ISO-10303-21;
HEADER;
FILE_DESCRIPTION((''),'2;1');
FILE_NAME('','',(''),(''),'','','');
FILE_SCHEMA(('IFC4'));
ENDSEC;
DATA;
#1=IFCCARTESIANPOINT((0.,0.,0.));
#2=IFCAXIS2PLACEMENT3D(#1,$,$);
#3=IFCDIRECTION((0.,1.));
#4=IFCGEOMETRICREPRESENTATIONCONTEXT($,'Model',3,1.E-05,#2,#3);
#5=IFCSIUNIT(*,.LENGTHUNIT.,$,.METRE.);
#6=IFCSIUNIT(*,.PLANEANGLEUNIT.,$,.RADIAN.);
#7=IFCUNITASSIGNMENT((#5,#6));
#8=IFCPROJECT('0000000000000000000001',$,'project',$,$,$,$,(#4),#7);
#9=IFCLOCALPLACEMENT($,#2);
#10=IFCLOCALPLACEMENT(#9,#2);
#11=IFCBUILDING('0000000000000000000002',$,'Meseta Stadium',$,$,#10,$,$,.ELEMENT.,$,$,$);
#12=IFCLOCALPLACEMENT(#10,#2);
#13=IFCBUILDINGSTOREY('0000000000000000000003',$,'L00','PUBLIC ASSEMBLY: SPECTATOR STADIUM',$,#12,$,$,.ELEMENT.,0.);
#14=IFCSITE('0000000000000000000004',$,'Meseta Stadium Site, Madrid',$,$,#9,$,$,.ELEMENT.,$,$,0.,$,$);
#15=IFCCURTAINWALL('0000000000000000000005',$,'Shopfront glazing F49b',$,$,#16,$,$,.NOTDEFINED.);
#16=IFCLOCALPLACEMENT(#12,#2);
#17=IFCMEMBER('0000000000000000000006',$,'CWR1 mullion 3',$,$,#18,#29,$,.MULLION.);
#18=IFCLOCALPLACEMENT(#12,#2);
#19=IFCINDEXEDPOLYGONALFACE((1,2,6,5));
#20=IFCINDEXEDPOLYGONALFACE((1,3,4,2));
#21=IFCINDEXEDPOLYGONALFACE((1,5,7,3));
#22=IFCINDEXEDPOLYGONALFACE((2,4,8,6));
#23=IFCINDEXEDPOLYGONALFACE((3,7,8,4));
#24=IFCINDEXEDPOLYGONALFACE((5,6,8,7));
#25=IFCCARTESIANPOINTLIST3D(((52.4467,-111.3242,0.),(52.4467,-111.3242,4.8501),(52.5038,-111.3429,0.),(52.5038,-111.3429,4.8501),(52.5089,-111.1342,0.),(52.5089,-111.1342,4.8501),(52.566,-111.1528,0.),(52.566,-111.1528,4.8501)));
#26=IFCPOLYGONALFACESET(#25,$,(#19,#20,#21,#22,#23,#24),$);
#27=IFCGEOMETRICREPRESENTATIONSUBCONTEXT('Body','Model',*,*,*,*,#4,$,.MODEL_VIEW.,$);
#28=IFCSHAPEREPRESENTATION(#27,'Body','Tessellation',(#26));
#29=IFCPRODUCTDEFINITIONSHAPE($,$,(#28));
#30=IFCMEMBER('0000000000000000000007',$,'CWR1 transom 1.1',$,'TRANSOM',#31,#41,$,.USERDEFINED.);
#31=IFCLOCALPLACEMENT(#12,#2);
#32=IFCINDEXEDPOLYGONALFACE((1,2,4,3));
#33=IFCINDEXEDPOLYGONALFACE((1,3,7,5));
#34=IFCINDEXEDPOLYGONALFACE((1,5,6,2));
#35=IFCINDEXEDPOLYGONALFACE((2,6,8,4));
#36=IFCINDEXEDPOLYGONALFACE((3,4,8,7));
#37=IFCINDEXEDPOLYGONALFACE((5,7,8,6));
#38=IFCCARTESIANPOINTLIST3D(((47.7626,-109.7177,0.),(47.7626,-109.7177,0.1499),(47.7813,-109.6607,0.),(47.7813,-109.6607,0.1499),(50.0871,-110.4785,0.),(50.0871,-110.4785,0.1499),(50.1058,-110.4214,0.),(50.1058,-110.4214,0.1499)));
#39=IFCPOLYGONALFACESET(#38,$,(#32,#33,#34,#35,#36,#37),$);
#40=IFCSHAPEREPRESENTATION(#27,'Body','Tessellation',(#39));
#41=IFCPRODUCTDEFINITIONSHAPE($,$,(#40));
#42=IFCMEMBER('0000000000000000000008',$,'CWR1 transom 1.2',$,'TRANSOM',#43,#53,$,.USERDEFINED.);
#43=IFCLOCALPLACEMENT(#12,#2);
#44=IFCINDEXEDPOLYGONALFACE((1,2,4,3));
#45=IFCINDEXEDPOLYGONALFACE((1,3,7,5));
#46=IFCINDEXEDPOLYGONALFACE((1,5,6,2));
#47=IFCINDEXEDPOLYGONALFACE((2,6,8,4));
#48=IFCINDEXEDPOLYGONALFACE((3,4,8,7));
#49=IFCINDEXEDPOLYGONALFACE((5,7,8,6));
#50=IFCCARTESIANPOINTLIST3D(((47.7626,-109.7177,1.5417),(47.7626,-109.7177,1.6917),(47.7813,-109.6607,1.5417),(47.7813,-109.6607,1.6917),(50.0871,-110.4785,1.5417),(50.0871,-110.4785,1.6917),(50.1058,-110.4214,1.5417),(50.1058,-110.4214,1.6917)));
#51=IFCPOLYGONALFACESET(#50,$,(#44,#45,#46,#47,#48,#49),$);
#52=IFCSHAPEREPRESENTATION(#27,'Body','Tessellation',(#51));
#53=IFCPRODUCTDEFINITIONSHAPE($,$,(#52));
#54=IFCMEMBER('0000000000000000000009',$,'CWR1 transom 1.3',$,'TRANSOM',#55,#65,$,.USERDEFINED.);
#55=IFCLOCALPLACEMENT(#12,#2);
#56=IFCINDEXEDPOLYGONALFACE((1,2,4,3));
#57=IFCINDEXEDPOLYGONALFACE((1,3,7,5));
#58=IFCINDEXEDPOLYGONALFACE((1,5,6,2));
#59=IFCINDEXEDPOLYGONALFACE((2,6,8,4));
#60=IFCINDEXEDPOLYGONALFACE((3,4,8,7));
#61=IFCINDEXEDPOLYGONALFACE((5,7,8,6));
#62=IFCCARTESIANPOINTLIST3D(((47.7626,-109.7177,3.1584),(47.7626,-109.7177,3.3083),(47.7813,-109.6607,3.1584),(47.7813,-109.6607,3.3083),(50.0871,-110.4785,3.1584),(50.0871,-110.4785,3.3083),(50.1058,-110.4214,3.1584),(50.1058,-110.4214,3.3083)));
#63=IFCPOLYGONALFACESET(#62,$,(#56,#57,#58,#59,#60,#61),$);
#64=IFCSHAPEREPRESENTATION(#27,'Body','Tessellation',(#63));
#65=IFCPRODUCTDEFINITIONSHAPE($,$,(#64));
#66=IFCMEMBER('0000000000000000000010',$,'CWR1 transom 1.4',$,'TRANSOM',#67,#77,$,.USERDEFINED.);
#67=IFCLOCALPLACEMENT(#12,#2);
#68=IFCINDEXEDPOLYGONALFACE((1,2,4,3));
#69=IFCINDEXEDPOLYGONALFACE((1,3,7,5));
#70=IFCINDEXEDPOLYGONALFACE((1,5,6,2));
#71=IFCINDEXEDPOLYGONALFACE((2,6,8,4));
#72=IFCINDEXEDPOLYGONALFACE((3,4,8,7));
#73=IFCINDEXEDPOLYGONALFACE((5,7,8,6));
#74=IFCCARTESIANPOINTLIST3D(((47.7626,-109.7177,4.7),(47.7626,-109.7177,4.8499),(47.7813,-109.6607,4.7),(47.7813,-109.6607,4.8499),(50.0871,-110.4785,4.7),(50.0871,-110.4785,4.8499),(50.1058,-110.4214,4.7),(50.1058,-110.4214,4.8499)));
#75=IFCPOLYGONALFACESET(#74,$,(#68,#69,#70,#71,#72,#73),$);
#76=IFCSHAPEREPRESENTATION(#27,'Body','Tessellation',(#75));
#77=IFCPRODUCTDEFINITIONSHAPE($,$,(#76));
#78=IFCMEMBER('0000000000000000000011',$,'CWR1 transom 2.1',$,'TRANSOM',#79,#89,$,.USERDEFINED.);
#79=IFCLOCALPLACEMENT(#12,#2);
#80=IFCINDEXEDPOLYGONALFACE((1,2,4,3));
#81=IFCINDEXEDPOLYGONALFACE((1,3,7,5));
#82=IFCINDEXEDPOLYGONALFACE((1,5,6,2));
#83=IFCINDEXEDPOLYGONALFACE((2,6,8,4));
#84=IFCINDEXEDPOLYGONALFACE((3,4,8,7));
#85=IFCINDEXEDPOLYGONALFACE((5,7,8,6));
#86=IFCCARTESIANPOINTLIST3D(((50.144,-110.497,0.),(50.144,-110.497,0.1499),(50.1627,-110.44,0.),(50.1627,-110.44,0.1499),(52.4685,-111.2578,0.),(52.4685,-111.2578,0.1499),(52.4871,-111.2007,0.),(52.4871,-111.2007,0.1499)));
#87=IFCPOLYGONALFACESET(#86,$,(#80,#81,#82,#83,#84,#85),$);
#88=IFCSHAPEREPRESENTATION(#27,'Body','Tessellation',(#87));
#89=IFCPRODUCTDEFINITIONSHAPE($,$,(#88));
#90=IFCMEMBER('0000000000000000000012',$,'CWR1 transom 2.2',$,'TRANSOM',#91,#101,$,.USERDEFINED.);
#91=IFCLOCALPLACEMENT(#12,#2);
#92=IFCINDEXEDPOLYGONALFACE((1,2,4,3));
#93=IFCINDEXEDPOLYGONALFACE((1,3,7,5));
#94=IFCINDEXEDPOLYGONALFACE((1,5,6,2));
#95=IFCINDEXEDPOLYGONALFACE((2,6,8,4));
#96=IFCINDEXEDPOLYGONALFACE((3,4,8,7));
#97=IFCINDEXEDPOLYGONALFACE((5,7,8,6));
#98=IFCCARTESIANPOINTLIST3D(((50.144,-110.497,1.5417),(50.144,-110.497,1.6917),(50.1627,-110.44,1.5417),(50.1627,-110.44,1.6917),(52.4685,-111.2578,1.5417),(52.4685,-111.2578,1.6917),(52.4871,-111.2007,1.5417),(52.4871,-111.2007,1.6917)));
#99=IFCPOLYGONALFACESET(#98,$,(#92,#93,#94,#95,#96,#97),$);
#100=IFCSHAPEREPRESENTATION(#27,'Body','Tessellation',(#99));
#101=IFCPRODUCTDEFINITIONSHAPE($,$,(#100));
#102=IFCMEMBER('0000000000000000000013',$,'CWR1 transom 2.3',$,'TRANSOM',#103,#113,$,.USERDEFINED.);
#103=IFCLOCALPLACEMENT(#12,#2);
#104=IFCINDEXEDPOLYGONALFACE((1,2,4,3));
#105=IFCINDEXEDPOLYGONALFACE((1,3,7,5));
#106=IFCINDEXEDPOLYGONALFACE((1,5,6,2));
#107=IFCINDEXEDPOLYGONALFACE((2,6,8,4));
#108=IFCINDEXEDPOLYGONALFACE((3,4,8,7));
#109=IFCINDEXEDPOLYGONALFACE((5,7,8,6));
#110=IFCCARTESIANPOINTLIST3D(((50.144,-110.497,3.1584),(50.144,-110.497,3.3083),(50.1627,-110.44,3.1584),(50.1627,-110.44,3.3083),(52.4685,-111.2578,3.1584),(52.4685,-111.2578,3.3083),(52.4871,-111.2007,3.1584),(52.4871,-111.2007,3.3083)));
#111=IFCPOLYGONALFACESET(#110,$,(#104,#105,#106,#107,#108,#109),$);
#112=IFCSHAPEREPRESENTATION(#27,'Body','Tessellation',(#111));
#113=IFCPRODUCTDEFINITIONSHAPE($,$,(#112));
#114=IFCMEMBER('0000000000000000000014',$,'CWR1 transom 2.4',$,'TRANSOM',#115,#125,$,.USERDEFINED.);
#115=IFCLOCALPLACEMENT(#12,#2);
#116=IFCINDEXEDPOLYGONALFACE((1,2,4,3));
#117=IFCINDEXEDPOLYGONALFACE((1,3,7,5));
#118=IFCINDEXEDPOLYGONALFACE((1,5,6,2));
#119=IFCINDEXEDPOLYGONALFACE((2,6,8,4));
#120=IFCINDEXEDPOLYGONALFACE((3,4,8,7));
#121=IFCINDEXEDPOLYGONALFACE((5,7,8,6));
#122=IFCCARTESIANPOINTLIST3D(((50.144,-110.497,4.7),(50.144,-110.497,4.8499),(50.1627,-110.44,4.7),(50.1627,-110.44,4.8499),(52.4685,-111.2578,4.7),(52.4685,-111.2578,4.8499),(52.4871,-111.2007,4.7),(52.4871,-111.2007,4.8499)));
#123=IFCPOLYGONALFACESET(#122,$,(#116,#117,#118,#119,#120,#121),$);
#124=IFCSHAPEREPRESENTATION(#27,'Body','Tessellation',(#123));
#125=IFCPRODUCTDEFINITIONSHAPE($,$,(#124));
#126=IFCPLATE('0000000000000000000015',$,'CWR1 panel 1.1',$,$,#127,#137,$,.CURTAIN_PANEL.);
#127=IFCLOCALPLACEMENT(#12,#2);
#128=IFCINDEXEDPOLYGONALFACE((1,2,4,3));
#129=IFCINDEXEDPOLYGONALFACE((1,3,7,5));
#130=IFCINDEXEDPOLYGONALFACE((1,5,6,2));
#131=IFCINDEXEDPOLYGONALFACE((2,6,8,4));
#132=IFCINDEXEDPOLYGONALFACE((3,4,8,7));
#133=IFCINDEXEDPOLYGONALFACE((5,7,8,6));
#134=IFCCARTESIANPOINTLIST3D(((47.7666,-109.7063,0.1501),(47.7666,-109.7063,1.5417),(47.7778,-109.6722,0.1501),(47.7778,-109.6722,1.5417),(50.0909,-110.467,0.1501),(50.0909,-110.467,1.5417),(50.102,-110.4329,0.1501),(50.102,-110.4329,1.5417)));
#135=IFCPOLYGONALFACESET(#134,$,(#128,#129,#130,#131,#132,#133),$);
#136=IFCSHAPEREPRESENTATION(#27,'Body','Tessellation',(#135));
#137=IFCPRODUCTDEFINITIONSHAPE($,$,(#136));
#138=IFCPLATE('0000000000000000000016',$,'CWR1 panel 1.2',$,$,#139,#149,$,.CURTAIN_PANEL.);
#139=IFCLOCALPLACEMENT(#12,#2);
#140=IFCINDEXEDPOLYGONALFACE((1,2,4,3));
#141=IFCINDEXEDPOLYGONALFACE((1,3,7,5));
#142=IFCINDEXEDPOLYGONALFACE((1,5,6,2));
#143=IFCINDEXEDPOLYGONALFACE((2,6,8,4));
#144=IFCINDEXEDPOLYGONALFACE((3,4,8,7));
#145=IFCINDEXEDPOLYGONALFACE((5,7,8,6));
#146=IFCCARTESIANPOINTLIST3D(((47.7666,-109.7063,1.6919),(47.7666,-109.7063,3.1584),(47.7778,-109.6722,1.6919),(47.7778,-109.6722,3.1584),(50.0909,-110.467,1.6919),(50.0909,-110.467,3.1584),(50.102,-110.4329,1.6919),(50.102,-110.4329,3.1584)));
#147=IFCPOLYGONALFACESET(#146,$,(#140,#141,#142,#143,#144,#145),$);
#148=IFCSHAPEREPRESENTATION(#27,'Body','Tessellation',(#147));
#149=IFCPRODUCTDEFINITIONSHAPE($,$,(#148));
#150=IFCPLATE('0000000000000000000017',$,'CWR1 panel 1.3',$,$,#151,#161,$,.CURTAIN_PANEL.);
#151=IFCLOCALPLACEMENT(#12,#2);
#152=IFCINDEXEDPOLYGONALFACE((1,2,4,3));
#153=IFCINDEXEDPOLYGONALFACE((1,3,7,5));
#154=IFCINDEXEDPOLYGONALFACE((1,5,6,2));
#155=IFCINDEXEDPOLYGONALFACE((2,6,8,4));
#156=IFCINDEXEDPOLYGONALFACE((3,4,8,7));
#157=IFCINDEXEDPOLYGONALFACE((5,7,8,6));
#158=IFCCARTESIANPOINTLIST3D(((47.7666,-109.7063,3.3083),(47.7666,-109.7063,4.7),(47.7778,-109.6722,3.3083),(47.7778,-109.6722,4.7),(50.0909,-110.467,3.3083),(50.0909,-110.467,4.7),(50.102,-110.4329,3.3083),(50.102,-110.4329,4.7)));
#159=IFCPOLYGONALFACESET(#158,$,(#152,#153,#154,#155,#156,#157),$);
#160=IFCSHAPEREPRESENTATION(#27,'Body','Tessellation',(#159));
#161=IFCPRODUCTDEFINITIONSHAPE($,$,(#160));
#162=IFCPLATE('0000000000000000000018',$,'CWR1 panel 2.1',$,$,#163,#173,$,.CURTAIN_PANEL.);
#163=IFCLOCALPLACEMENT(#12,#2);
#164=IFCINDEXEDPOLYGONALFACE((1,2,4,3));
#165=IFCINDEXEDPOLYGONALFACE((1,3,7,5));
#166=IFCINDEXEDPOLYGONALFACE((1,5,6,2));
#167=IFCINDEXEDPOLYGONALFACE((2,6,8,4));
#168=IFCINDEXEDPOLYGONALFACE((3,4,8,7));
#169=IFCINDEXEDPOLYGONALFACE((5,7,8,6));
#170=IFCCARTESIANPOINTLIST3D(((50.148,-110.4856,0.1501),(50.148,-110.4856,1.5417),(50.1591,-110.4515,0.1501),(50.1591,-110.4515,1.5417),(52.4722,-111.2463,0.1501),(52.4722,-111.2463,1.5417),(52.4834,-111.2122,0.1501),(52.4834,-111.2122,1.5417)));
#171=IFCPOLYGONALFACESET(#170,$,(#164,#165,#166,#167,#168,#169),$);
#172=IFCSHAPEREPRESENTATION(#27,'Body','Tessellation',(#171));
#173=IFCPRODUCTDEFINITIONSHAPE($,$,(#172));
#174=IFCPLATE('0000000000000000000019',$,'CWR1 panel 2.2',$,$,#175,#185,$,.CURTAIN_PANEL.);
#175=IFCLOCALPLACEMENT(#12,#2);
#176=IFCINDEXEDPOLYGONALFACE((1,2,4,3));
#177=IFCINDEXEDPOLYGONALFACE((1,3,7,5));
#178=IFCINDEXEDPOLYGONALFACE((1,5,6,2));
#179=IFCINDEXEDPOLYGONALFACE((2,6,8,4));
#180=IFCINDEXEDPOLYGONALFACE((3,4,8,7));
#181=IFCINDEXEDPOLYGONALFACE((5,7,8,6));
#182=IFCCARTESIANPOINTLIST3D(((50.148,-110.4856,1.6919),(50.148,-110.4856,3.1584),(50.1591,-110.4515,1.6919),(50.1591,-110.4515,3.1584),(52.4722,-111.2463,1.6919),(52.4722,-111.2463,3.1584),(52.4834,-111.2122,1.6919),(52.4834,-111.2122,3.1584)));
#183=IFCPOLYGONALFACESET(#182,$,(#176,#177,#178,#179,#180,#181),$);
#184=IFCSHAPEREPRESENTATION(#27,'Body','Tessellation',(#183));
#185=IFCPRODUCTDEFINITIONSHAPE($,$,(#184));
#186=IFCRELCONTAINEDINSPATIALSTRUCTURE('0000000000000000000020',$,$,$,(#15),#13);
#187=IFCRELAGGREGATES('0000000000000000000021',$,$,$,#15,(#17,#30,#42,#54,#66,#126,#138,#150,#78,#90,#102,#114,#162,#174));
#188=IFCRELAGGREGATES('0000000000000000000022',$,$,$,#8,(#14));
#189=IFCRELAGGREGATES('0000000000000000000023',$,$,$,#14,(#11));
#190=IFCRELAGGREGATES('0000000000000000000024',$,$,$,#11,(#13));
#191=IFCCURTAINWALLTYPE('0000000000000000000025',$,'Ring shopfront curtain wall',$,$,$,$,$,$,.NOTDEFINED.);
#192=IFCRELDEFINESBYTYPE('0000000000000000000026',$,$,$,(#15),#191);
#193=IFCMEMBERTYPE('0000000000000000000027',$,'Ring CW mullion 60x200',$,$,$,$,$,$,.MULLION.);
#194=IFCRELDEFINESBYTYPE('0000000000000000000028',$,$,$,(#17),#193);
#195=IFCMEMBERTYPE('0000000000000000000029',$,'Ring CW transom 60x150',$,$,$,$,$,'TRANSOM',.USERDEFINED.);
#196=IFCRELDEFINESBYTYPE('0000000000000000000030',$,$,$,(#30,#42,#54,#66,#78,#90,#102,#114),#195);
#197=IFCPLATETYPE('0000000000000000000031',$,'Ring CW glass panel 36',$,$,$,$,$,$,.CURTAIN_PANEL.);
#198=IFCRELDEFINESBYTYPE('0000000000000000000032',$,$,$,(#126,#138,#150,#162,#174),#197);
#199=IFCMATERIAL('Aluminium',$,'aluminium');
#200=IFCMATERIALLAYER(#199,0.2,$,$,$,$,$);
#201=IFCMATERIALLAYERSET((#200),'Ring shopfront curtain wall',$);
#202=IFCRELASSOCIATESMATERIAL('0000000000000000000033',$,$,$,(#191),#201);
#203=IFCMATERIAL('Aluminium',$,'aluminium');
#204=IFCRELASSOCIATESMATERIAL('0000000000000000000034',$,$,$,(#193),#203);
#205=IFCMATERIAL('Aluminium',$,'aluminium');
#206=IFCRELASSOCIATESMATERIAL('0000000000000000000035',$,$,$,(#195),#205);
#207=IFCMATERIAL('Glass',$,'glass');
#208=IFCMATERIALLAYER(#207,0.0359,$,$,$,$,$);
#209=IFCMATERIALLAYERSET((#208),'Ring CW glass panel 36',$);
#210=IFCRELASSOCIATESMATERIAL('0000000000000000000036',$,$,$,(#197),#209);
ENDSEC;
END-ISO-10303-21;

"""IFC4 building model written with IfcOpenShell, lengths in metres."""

from ifc_helpers import new_model, si_unit, direction, frame, origin, origin_2d, place, context, subcontext, project, spatial, rectangle, extrude, material, layer, layer_set, material_profile, profile_set, type_object, element, aggregate, save


model = new_model("IFC4")

# Units and contexts
model_context = context("Model", 3, precision=1e-05, world=origin(), true_north=direction((0.0, 1.0)))
body_context = subcontext(model_context, "Body", "Model", "MODEL_VIEW")
ifc_project = project(units=[si_unit("LENGTHUNIT", "METRE"), si_unit("PLANEANGLEUNIT", "RADIAN")], contexts=[model_context])

# Site, building, storey
site_placement = place(None, origin())
site = spatial("IfcSite", under=ifc_project, at=site_placement, Name="Meseta Stadium Site, Madrid", CompositionType="ELEMENT", RefElevation=0.0)
building_placement = place(site_placement, origin())
building = spatial("IfcBuilding", under=site, at=building_placement, Name="Meseta Stadium", CompositionType="ELEMENT")
storey_placement = place(building_placement, origin())
storey = spatial("IfcBuildingStorey", under=building, at=storey_placement, Name="L00", Description="PUBLIC ASSEMBLY: SPECTATOR STADIUM", CompositionType="ELEMENT", Elevation=0.0)

# Curtain wall, members, plates
ifc_material_1 = material(Name="Aluminium", Category="aluminium")
ifc_layer_1 = layer(ifc_material_1, 0.2)
ifc_layer_set_1 = layer_set([ifc_layer_1], Name="Ring shopfront curtain wall")
curtain_wall_type = type_object("IfcCurtainWallType", Name="Ring shopfront curtain wall", PredefinedType="NOTDEFINED", material=ifc_layer_set_1)
curtain_wall_placement = place(storey_placement, origin())
curtain_wall = element("IfcCurtainWall", 1, at=curtain_wall_placement, inside=storey, type_object=curtain_wall_type, Name="Shopfront glazing F49b", PredefinedType="NOTDEFINED")
ifc_material_2 = material(Name="Aluminium", Category="aluminium")
ifc_material_profile_1 = material_profile(ifc_material_2, rectangle(XDim=0.2, YDim=0.0601, at=origin_2d()), Name="CW 200x60")
ifc_profile_set_1 = profile_set([ifc_material_profile_1], Name="Aluminium")
member_type_1 = type_object("IfcMemberType", Name="Ring CW mullion 60x200", PredefinedType="MULLION", material=ifc_profile_set_1)
member_1_placement = place(storey_placement, frame((52.5063, -111.2385, 0.0), z_axis=(0.0, 0.0, 1.0), x_axis=(0.311041, 0.950396, 0.0)))
member_1 = element("IfcMember", 2, at=member_1_placement, type_object=member_type_1, Name="CWR1 mullion 3", PredefinedType="MULLION", context=body_context, shape_type="SweptSolid", body=[
    extrude(rectangle(XDim=0.2, YDim=0.0601, at=origin_2d()), origin(), (0.0, 0.0, 1.0), 4.8501),
])
ifc_material_3 = material(Name="Aluminium", Category="aluminium")
ifc_material_profile_2 = material_profile(ifc_material_3, rectangle(XDim=0.0601, YDim=0.1499, at=origin_2d()), Name="CW 60x150")
ifc_profile_set_2 = profile_set([ifc_material_profile_2], Name="Aluminium")
member_type_2 = type_object("IfcMemberType", Name="Ring CW transom 60x150", ElementType="TRANSOM", PredefinedType="USERDEFINED", material=ifc_profile_set_2)
member_2_placement = place(storey_placement, frame((47.772, -109.6892, 0.075), z_axis=(0.950396, -0.311042, 0.0), x_axis=(0.311042, 0.950396, 0.0)))
member_2 = element("IfcMember", 3, at=member_2_placement, type_object=member_type_2, Name="CWR1 transom 1.1", ObjectType="TRANSOM", PredefinedType="USERDEFINED", context=body_context, shape_type="SweptSolid", body=[
    extrude(rectangle(XDim=0.0601, YDim=0.1499, at=origin_2d()), origin(), (0.0, 0.0, 1.0), 2.4458),
])
member_3_placement = place(storey_placement, frame((47.772, -109.6892, 1.6167), z_axis=(0.950396, -0.311042, 0.0), x_axis=(0.311042, 0.950396, 0.0)))
member_3 = element("IfcMember", 4, at=member_3_placement, type_object=member_type_2, Name="CWR1 transom 1.2", ObjectType="TRANSOM", PredefinedType="USERDEFINED", context=body_context, shape_type="SweptSolid", body=[
    extrude(rectangle(XDim=0.0601, YDim=0.1499, at=origin_2d()), origin(), (0.0, 0.0, 1.0), 2.4458),
])
member_4_placement = place(storey_placement, frame((47.772, -109.6892, 3.2334), z_axis=(0.950396, -0.311042, 0.0), x_axis=(0.311042, 0.950396, 0.0)))
member_4 = element("IfcMember", 5, at=member_4_placement, type_object=member_type_2, Name="CWR1 transom 1.3", ObjectType="TRANSOM", PredefinedType="USERDEFINED", context=body_context, shape_type="SweptSolid", body=[
    extrude(rectangle(XDim=0.0601, YDim=0.1499, at=origin_2d()), origin(), (0.0, 0.0, 1.0), 2.4458),
])
member_5_placement = place(storey_placement, frame((47.772, -109.6892, 4.7749), z_axis=(0.950396, -0.311042, 0.0), x_axis=(0.311042, 0.950396, 0.0)))
member_5 = element("IfcMember", 6, at=member_5_placement, type_object=member_type_2, Name="CWR1 transom 1.4", ObjectType="TRANSOM", PredefinedType="USERDEFINED", context=body_context, shape_type="SweptSolid", body=[
    extrude(rectangle(XDim=0.0601, YDim=0.1499, at=origin_2d()), origin(), (0.0, 0.0, 1.0), 2.4458),
])
member_6_placement = place(storey_placement, frame((50.1533, -110.4685, 0.075), z_axis=(0.950396, -0.311042, 0.0), x_axis=(0.311042, 0.950396, 0.0)))
member_6 = element("IfcMember", 7, at=member_6_placement, type_object=member_type_2, Name="CWR1 transom 2.1", ObjectType="TRANSOM", PredefinedType="USERDEFINED", context=body_context, shape_type="SweptSolid", body=[
    extrude(rectangle(XDim=0.0601, YDim=0.1499, at=origin_2d()), origin(), (0.0, 0.0, 1.0), 2.4458),
])
member_7_placement = place(storey_placement, frame((50.1533, -110.4685, 1.6167), z_axis=(0.950396, -0.311042, 0.0), x_axis=(0.311042, 0.950396, 0.0)))
member_7 = element("IfcMember", 8, at=member_7_placement, type_object=member_type_2, Name="CWR1 transom 2.2", ObjectType="TRANSOM", PredefinedType="USERDEFINED", context=body_context, shape_type="SweptSolid", body=[
    extrude(rectangle(XDim=0.0601, YDim=0.1499, at=origin_2d()), origin(), (0.0, 0.0, 1.0), 2.4458),
])
member_8_placement = place(storey_placement, frame((50.1533, -110.4685, 3.2334), z_axis=(0.950396, -0.311042, 0.0), x_axis=(0.311042, 0.950396, 0.0)))
member_8 = element("IfcMember", 9, at=member_8_placement, type_object=member_type_2, Name="CWR1 transom 2.3", ObjectType="TRANSOM", PredefinedType="USERDEFINED", context=body_context, shape_type="SweptSolid", body=[
    extrude(rectangle(XDim=0.0601, YDim=0.1499, at=origin_2d()), origin(), (0.0, 0.0, 1.0), 2.4458),
])
member_9_placement = place(storey_placement, frame((50.1533, -110.4685, 4.7749), z_axis=(0.950396, -0.311042, 0.0), x_axis=(0.311042, 0.950396, 0.0)))
member_9 = element("IfcMember", 10, at=member_9_placement, type_object=member_type_2, Name="CWR1 transom 2.4", ObjectType="TRANSOM", PredefinedType="USERDEFINED", context=body_context, shape_type="SweptSolid", body=[
    extrude(rectangle(XDim=0.0601, YDim=0.1499, at=origin_2d()), origin(), (0.0, 0.0, 1.0), 2.4458),
])
ifc_material_4 = material(Name="Glass", Category="glass")
ifc_layer_2 = layer(ifc_material_4, 0.0359)
ifc_layer_set_2 = layer_set([ifc_layer_2], Name="Ring CW glass panel 36")
plate_type = type_object("IfcPlateType", Name="Ring CW glass panel 36", PredefinedType="CURTAIN_PANEL", material=ifc_layer_set_2)
plate_1_placement = place(storey_placement, frame((48.9343, -110.0696, 0.1501), z_axis=(0.0, 0.0, 1.0), x_axis=(0.950396, -0.311041, 0.0)))
plate_1 = element("IfcPlate", 11, at=plate_1_placement, type_object=plate_type, Name="CWR1 panel 1.1", PredefinedType="CURTAIN_PANEL", context=body_context, shape_type="SweptSolid", body=[
    extrude(rectangle(XDim=2.4456, YDim=0.0359, at=origin_2d()), origin(), (0.0, 0.0, 1.0), 1.3916),
])
plate_2_placement = place(storey_placement, frame((48.9343, -110.0696, 1.6919), z_axis=(0.0, 0.0, 1.0), x_axis=(0.950396, -0.311041, 0.0)))
plate_2 = element("IfcPlate", 12, at=plate_2_placement, type_object=plate_type, Name="CWR1 panel 1.2", PredefinedType="CURTAIN_PANEL", context=body_context, shape_type="SweptSolid", body=[
    extrude(rectangle(XDim=2.4456, YDim=0.0359, at=origin_2d()), origin(), (0.0, 0.0, 1.0), 1.4666),
])
plate_3_placement = place(storey_placement, frame((48.9343, -110.0696, 3.3083), z_axis=(0.0, 0.0, 1.0), x_axis=(0.950396, -0.311041, 0.0)))
plate_3 = element("IfcPlate", 13, at=plate_3_placement, type_object=plate_type, Name="CWR1 panel 1.3", PredefinedType="CURTAIN_PANEL", context=body_context, shape_type="SweptSolid", body=[
    extrude(rectangle(XDim=2.4456, YDim=0.0359, at=origin_2d()), origin(), (0.0, 0.0, 1.0), 1.3916),
])
plate_4_placement = place(storey_placement, frame((51.3157, -110.8489, 0.1501), z_axis=(0.0, 0.0, 1.0), x_axis=(0.950396, -0.311041, 0.0)))
plate_4 = element("IfcPlate", 14, at=plate_4_placement, type_object=plate_type, Name="CWR1 panel 2.1", PredefinedType="CURTAIN_PANEL", context=body_context, shape_type="SweptSolid", body=[
    extrude(rectangle(XDim=2.4456, YDim=0.0359, at=origin_2d()), origin(), (0.0, 0.0, 1.0), 1.3916),
])
plate_5_placement = place(storey_placement, frame((51.3157, -110.8489, 1.6919), z_axis=(0.0, 0.0, 1.0), x_axis=(0.950396, -0.311041, 0.0)))
plate_5 = element("IfcPlate", 15, at=plate_5_placement, type_object=plate_type, Name="CWR1 panel 2.2", PredefinedType="CURTAIN_PANEL", context=body_context, shape_type="SweptSolid", body=[
    extrude(rectangle(XDim=2.4456, YDim=0.0359, at=origin_2d()), origin(), (0.0, 0.0, 1.0), 1.4666),
])
aggregate(curtain_wall, [member_1, member_2, member_3, member_4, member_5, plate_1, plate_2, plate_3, member_6, member_7, member_8, member_9, plate_4, plate_5])

save(model, "model.ifc")
